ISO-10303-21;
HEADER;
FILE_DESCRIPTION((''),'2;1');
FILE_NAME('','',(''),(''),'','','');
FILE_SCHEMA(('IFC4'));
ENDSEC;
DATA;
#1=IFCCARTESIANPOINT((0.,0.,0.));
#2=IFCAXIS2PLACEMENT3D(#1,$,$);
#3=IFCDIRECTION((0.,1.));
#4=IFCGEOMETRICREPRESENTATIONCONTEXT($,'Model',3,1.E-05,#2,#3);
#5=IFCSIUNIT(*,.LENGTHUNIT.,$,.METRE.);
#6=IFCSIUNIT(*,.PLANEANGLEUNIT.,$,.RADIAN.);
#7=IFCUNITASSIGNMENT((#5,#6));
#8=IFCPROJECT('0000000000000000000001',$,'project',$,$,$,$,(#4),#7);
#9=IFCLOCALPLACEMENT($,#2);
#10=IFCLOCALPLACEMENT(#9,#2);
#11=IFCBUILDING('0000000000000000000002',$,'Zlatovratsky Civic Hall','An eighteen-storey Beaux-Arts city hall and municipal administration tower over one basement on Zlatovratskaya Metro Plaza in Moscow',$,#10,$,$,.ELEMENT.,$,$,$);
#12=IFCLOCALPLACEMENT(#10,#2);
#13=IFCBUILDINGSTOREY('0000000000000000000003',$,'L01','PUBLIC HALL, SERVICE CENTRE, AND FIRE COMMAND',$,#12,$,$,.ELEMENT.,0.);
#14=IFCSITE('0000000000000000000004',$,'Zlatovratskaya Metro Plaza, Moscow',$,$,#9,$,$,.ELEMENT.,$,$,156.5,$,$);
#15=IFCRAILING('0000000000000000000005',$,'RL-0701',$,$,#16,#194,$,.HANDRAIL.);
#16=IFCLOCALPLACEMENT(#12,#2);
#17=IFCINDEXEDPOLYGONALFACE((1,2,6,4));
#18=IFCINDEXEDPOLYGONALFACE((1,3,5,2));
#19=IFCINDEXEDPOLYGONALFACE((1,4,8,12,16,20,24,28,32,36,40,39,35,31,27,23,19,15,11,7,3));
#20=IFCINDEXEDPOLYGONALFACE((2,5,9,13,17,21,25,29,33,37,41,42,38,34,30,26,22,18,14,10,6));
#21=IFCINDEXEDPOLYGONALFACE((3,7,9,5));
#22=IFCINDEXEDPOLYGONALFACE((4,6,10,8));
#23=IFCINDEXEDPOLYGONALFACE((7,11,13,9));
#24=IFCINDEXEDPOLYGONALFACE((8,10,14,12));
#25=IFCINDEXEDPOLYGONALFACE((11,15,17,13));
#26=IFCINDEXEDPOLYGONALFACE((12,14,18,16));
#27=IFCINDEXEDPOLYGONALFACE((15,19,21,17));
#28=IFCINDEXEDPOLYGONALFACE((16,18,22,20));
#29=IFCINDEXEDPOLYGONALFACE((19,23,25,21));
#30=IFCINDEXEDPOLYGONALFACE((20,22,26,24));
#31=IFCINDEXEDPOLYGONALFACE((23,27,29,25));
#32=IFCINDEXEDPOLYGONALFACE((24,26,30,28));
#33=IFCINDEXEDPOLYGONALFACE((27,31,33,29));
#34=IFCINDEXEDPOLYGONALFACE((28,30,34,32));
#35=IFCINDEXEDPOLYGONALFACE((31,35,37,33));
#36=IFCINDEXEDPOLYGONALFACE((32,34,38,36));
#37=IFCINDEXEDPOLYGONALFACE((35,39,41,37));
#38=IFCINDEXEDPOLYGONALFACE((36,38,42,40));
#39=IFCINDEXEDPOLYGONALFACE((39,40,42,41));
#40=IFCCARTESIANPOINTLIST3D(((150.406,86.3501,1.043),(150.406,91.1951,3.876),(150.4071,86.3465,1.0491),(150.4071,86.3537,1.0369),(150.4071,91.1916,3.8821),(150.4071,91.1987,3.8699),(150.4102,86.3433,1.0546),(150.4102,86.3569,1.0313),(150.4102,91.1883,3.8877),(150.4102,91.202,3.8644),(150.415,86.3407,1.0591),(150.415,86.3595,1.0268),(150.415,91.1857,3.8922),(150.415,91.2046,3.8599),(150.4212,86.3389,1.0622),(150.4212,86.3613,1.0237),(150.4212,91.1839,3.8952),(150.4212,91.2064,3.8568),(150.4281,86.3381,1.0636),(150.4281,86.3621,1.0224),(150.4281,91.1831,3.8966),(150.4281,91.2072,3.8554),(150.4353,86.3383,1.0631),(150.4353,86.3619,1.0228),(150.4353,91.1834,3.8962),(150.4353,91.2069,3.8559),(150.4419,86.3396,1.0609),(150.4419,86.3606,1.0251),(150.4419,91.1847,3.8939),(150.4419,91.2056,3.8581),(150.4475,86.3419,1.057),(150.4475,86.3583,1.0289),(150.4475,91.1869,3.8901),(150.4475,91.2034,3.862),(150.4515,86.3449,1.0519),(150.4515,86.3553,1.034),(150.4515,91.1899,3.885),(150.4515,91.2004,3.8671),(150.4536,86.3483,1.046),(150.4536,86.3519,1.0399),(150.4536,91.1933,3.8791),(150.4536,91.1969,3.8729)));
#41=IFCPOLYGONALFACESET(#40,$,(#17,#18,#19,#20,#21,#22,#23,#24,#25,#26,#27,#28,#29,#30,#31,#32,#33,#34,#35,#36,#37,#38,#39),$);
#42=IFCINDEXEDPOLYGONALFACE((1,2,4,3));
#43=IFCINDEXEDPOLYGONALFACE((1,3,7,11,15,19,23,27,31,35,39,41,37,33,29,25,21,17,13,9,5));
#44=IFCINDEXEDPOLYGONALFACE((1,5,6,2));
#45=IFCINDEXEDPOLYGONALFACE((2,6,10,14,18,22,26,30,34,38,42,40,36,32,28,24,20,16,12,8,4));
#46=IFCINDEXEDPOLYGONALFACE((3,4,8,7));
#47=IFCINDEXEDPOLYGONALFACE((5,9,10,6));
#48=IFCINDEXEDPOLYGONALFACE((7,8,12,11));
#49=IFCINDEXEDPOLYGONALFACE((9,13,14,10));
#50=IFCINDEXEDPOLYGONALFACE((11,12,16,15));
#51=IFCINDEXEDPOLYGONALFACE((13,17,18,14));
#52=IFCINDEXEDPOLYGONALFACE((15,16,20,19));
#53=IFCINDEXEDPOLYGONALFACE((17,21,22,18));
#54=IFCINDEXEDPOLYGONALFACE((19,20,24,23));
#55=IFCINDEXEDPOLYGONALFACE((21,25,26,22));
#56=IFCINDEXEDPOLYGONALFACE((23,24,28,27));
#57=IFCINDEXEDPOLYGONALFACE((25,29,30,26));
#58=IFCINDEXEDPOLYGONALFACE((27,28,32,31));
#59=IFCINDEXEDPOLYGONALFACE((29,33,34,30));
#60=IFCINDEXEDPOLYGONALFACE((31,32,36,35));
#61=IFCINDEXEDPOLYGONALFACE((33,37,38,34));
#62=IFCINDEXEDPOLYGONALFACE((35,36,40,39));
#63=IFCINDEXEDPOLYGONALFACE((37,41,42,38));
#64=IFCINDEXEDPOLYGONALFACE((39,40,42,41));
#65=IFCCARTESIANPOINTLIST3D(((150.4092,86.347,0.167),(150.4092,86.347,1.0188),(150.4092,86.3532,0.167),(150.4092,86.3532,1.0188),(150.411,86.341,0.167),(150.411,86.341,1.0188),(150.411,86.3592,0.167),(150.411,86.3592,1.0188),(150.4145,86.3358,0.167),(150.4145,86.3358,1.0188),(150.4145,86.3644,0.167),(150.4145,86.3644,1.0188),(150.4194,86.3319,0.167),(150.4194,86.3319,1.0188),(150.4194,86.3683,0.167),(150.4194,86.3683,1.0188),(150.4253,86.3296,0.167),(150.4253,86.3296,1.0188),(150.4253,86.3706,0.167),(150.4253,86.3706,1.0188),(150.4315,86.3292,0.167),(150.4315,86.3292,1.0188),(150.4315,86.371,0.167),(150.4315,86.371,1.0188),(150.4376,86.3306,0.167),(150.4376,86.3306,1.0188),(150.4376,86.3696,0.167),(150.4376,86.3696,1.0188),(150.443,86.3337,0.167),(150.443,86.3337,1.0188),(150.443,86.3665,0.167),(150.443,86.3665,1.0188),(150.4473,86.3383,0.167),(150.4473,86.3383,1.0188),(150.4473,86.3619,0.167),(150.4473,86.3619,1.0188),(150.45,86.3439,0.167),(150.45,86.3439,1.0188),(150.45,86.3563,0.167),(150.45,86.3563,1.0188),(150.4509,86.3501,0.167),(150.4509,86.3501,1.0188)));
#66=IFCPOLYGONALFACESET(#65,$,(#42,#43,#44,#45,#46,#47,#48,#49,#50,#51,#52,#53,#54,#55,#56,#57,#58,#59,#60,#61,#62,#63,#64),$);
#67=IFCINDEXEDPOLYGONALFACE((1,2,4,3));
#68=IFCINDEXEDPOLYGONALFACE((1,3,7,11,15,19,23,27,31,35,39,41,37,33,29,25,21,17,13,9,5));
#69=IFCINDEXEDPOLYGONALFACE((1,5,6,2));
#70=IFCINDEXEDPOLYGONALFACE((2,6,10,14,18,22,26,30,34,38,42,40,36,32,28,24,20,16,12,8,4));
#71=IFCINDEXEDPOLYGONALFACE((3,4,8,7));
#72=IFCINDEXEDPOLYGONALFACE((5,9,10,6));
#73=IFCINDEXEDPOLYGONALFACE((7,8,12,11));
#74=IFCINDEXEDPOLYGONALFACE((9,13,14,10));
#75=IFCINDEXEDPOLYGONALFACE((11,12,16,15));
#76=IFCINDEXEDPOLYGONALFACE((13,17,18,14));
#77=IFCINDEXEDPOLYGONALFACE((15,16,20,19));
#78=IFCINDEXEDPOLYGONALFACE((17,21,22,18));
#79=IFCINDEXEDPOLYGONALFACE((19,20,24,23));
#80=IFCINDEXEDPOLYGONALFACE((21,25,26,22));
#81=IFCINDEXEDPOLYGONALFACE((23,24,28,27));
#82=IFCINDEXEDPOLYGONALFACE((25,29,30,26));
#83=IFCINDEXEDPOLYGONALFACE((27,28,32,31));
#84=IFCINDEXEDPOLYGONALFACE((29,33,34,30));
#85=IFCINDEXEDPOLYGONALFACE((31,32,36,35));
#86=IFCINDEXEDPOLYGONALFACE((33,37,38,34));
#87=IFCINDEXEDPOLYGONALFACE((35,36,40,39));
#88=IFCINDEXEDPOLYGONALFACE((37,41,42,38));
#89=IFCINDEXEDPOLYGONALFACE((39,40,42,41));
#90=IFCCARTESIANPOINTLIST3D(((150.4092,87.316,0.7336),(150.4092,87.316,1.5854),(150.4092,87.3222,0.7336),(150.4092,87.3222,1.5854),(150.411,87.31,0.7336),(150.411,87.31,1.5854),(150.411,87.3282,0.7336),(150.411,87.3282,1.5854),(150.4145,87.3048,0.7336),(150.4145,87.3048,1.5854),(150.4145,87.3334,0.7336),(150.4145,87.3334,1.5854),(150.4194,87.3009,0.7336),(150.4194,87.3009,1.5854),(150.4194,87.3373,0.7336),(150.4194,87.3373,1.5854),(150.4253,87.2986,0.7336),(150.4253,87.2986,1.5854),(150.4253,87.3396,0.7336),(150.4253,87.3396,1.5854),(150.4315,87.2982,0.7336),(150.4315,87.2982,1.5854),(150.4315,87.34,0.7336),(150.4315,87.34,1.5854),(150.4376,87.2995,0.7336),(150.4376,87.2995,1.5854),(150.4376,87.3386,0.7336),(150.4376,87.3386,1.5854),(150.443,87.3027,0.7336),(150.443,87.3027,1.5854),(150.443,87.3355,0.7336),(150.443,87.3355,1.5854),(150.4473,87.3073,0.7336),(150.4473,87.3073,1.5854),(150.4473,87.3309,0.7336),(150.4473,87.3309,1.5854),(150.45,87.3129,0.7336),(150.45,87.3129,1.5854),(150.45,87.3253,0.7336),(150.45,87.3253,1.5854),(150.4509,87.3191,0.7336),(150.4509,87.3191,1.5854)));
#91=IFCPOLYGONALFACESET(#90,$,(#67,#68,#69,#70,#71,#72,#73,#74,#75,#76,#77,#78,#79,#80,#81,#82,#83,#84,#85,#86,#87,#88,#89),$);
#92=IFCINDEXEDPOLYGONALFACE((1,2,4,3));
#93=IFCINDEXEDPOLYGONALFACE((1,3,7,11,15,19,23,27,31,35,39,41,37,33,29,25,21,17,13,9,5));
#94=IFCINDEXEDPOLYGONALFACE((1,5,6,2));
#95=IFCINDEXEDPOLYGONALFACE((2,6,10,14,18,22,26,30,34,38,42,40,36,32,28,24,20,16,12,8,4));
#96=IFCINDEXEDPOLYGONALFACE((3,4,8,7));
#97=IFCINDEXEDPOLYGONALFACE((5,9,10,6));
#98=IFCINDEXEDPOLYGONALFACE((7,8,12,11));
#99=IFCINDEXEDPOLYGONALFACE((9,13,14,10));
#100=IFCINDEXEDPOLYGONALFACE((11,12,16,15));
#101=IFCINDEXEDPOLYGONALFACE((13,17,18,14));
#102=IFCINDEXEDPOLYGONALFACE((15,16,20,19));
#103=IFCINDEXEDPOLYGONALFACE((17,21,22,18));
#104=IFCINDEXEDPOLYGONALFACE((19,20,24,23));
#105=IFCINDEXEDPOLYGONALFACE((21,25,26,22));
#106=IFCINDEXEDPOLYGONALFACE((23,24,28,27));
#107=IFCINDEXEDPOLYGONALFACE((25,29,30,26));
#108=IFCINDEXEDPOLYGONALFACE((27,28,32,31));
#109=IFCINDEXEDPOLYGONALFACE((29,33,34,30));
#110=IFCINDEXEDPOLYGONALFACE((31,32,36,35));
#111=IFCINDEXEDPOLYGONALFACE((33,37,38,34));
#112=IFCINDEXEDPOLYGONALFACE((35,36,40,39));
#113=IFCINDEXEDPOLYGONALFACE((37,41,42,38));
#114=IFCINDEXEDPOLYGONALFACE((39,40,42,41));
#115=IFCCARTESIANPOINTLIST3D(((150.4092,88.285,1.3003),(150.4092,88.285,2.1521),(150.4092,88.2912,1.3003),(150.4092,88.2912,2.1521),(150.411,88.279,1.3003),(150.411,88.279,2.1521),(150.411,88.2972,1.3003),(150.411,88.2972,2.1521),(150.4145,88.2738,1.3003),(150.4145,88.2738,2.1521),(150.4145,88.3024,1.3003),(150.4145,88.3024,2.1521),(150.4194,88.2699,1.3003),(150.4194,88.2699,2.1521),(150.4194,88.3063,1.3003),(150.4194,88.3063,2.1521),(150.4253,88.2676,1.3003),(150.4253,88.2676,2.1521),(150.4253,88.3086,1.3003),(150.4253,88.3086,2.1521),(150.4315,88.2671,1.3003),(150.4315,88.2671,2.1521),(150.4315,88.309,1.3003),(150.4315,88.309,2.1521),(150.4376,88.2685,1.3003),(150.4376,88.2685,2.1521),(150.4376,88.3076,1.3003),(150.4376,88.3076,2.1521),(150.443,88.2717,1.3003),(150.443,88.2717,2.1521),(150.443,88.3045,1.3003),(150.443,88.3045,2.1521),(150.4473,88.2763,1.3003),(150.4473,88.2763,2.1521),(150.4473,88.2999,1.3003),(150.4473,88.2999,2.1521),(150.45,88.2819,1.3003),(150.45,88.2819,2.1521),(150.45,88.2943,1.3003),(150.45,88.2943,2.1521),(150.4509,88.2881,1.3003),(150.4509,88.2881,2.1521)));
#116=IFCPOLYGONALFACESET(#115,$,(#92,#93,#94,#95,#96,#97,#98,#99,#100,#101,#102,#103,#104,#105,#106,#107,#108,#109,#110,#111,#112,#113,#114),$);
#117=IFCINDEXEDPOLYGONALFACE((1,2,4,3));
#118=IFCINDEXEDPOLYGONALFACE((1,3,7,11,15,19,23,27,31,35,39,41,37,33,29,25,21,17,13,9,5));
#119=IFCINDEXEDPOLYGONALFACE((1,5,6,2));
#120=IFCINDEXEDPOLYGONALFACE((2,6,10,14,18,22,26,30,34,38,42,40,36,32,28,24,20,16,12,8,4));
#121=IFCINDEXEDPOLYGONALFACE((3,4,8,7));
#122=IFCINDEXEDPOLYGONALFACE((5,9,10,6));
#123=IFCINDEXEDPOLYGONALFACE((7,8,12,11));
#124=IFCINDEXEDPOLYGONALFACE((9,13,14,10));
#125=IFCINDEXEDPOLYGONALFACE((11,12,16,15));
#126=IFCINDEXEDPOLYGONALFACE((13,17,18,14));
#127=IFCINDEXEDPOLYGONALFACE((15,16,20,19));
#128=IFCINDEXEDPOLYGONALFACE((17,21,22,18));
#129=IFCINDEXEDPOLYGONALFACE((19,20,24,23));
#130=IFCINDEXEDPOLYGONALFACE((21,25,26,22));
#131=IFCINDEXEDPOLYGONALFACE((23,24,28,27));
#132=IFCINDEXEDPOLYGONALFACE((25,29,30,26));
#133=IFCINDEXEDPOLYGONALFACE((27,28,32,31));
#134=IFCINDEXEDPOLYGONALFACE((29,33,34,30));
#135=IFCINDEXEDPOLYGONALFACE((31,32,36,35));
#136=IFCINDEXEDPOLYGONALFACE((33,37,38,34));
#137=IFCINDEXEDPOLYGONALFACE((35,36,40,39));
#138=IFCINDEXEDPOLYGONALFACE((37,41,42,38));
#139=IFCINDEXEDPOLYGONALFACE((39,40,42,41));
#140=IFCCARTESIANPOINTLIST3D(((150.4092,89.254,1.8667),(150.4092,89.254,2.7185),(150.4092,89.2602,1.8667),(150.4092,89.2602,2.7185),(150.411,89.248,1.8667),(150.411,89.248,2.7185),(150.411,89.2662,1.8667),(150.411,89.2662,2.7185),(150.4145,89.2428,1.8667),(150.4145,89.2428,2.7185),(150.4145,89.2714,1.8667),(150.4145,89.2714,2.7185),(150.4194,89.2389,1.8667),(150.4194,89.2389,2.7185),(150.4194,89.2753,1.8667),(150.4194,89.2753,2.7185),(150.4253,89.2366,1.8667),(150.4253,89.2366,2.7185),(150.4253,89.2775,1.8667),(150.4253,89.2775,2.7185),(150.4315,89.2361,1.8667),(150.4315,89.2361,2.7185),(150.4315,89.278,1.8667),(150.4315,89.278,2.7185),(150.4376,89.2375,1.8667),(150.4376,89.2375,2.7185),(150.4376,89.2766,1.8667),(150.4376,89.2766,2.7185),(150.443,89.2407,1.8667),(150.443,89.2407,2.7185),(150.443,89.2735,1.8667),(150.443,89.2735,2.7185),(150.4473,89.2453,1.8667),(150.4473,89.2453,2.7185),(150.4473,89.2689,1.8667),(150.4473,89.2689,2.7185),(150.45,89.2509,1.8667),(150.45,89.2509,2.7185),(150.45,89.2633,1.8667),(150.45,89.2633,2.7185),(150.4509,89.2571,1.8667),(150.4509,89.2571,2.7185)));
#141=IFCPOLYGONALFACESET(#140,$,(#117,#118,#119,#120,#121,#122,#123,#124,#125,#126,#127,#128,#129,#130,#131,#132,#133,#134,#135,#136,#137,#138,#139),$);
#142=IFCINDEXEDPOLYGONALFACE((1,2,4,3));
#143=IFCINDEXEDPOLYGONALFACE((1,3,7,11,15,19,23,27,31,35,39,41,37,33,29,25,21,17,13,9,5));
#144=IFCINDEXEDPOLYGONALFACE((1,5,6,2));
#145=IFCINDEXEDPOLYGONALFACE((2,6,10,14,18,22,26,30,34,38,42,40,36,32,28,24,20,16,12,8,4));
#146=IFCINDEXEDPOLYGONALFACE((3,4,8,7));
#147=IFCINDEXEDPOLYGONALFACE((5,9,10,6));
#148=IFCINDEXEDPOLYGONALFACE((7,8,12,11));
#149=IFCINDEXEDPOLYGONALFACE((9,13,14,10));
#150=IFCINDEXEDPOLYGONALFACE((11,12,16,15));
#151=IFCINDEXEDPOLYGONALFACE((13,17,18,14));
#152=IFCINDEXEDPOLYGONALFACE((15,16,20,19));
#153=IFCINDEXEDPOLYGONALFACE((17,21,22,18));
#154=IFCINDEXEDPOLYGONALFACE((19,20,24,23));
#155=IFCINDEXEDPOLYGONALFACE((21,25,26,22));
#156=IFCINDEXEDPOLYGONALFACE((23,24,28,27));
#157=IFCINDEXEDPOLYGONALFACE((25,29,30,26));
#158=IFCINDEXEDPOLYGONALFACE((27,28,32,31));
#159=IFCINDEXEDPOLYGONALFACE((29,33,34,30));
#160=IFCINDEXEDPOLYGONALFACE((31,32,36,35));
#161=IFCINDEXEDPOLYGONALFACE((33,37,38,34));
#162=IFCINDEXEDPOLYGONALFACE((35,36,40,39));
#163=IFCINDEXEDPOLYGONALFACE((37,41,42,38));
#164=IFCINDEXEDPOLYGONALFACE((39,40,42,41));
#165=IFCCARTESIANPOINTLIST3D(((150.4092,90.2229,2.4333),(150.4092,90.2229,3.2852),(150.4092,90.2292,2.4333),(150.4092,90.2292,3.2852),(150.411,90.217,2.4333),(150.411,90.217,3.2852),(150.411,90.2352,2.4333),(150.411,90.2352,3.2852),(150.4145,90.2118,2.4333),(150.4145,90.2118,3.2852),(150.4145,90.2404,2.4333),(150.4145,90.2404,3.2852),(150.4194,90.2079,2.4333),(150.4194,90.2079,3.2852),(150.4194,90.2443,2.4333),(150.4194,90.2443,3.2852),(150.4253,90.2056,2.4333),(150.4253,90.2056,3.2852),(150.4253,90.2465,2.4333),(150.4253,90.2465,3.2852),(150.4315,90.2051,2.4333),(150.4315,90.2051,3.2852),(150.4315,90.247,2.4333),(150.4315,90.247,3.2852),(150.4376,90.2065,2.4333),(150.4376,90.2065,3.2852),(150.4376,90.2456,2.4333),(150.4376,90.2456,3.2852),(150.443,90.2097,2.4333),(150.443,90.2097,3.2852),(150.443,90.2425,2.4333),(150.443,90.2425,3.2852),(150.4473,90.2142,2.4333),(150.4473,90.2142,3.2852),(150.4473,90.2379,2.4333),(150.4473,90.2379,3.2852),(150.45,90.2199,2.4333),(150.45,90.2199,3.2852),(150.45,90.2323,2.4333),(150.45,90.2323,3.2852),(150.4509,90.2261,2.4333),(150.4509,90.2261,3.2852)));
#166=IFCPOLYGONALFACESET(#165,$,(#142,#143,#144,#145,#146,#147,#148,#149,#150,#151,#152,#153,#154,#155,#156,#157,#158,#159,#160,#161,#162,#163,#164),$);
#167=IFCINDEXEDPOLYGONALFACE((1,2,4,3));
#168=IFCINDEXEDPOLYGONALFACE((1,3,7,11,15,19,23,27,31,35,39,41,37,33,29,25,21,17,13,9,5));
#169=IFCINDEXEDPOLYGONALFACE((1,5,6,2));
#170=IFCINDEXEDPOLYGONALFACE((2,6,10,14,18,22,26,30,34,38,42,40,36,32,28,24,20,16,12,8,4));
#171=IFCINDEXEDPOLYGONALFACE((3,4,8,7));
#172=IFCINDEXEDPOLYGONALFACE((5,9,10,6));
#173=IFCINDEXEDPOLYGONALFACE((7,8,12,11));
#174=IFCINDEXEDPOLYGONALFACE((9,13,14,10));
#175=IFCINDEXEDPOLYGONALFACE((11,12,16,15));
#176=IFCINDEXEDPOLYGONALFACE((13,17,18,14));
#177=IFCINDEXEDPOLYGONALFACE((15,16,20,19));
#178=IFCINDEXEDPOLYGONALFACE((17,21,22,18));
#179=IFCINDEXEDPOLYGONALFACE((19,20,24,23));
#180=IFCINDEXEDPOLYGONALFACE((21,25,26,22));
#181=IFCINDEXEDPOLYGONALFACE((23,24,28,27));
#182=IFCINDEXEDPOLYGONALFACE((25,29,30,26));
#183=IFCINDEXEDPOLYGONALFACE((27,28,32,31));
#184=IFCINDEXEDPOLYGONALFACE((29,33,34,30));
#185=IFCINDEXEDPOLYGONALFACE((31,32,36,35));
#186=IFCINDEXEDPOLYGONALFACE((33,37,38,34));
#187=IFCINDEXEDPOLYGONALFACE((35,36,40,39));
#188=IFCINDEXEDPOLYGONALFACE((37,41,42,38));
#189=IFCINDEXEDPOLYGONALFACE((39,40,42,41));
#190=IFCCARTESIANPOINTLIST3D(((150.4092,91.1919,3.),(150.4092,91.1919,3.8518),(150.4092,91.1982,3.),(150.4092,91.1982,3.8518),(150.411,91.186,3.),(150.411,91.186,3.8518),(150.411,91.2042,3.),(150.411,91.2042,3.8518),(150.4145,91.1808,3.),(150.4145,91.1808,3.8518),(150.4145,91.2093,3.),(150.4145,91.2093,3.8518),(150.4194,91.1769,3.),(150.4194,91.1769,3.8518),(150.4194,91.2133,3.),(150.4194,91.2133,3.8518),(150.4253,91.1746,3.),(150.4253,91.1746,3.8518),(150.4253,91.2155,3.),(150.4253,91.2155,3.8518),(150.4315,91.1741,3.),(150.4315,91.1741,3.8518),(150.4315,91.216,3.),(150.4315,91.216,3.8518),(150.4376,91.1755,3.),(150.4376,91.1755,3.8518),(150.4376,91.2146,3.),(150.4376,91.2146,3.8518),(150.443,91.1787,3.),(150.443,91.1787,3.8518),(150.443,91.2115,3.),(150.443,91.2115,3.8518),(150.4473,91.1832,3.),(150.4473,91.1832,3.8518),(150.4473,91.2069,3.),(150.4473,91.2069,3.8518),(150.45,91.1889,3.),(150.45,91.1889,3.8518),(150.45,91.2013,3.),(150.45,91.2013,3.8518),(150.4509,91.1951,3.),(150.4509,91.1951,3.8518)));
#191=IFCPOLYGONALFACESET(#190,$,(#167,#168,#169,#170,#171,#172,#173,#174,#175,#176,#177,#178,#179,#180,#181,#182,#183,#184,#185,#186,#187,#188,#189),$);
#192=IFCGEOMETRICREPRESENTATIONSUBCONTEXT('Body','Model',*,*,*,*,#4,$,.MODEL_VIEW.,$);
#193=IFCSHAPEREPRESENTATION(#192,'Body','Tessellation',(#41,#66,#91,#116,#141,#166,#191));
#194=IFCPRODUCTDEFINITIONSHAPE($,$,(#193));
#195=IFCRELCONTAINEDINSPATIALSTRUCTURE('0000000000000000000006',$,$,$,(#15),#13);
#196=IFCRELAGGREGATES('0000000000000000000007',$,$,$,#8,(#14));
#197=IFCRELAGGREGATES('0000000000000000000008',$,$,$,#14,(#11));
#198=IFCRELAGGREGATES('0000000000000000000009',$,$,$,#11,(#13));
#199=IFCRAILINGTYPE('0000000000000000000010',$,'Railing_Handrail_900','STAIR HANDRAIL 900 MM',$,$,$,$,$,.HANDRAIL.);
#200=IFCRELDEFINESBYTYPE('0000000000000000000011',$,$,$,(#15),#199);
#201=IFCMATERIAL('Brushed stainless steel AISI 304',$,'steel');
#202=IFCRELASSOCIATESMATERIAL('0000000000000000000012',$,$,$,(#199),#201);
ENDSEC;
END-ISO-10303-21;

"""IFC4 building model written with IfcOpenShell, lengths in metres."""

from ifc_helpers import new_model, si_unit, direction, frame, origin, origin_2d, place, context, subcontext, project, spatial, circle, extrude, material, type_object, element, save


model = new_model("IFC4")

# Units and contexts
model_context = context("Model", 3, precision=1e-05, world=origin(), true_north=direction((0.0, 1.0)))
body_context = subcontext(model_context, "Body", "Model", "MODEL_VIEW")
ifc_project = project(units=[si_unit("LENGTHUNIT", "METRE"), si_unit("PLANEANGLEUNIT", "RADIAN")], contexts=[model_context])

# Site, building, storey
site_placement = place(None, origin())
site = spatial("IfcSite", under=ifc_project, at=site_placement, Name="Zlatovratskaya Metro Plaza, Moscow", CompositionType="ELEMENT", RefElevation=156.5)
building_placement = place(site_placement, origin())
building = spatial("IfcBuilding", under=site, at=building_placement, Name="Zlatovratsky Civic Hall", Description="An eighteen-storey Beaux-Arts city hall and municipal administration tower over one basement on Zlatovratskaya Metro Plaza in Moscow", CompositionType="ELEMENT")
storey_placement = place(building_placement, origin())
storey = spatial("IfcBuildingStorey", under=building, at=storey_placement, Name="L01", Description="PUBLIC HALL, SERVICE CENTRE, AND FIRE COMMAND", CompositionType="ELEMENT", Elevation=0.0)

# Railing
ifc_material_1 = material(Name="Brushed stainless steel AISI 304", Category="steel")
railing_type_1 = type_object("IfcRailingType", Name="Railing_Handrail_900", Description="STAIR HANDRAIL 900 MM", PredefinedType="HANDRAIL", material=ifc_material_1)
railing_1_placement = place(storey_placement, frame((150.4299, 86.3501, 0.167)))
element("IfcRailing", 1, at=railing_1_placement, inside=storey, type_object=railing_type_1, Name="RL-0701", PredefinedType="HANDRAIL", context=body_context, shape_type="SweptSolid", body=[
    extrude(circle(Radius=0.0239, at=origin_2d()), frame((0.0, 0.0, 0.876), z_axis=(0.0, 0.863253, 0.504771), x_axis=(-1.0, 0.0, 0.0)), (0.0, 0.0, 1.0), 5.6125),
    extrude(circle(Radius=0.021, at=origin_2d()), origin(), (0.0, 0.0, 1.0), 0.8518),
    extrude(circle(Radius=0.021, at=origin_2d()), frame((0.0, 0.969, 0.5667)), (0.0, 0.0, 1.0), 0.8518),
    extrude(circle(Radius=0.021, at=origin_2d()), frame((0.0, 1.938, 1.1333)), (0.0, 0.0, 1.0), 0.8518),
    extrude(circle(Radius=0.021, at=origin_2d()), frame((0.0, 2.907, 1.6997)), (0.0, 0.0, 1.0), 0.8518),
    extrude(circle(Radius=0.021, at=origin_2d()), frame((0.0, 3.876, 2.2664)), (0.0, 0.0, 1.0), 0.8518),
    extrude(circle(Radius=0.021, at=origin_2d()), frame((0.0, 4.845, 2.833)), (0.0, 0.0, 1.0), 0.8518),
])

save(model, "model.ifc")
